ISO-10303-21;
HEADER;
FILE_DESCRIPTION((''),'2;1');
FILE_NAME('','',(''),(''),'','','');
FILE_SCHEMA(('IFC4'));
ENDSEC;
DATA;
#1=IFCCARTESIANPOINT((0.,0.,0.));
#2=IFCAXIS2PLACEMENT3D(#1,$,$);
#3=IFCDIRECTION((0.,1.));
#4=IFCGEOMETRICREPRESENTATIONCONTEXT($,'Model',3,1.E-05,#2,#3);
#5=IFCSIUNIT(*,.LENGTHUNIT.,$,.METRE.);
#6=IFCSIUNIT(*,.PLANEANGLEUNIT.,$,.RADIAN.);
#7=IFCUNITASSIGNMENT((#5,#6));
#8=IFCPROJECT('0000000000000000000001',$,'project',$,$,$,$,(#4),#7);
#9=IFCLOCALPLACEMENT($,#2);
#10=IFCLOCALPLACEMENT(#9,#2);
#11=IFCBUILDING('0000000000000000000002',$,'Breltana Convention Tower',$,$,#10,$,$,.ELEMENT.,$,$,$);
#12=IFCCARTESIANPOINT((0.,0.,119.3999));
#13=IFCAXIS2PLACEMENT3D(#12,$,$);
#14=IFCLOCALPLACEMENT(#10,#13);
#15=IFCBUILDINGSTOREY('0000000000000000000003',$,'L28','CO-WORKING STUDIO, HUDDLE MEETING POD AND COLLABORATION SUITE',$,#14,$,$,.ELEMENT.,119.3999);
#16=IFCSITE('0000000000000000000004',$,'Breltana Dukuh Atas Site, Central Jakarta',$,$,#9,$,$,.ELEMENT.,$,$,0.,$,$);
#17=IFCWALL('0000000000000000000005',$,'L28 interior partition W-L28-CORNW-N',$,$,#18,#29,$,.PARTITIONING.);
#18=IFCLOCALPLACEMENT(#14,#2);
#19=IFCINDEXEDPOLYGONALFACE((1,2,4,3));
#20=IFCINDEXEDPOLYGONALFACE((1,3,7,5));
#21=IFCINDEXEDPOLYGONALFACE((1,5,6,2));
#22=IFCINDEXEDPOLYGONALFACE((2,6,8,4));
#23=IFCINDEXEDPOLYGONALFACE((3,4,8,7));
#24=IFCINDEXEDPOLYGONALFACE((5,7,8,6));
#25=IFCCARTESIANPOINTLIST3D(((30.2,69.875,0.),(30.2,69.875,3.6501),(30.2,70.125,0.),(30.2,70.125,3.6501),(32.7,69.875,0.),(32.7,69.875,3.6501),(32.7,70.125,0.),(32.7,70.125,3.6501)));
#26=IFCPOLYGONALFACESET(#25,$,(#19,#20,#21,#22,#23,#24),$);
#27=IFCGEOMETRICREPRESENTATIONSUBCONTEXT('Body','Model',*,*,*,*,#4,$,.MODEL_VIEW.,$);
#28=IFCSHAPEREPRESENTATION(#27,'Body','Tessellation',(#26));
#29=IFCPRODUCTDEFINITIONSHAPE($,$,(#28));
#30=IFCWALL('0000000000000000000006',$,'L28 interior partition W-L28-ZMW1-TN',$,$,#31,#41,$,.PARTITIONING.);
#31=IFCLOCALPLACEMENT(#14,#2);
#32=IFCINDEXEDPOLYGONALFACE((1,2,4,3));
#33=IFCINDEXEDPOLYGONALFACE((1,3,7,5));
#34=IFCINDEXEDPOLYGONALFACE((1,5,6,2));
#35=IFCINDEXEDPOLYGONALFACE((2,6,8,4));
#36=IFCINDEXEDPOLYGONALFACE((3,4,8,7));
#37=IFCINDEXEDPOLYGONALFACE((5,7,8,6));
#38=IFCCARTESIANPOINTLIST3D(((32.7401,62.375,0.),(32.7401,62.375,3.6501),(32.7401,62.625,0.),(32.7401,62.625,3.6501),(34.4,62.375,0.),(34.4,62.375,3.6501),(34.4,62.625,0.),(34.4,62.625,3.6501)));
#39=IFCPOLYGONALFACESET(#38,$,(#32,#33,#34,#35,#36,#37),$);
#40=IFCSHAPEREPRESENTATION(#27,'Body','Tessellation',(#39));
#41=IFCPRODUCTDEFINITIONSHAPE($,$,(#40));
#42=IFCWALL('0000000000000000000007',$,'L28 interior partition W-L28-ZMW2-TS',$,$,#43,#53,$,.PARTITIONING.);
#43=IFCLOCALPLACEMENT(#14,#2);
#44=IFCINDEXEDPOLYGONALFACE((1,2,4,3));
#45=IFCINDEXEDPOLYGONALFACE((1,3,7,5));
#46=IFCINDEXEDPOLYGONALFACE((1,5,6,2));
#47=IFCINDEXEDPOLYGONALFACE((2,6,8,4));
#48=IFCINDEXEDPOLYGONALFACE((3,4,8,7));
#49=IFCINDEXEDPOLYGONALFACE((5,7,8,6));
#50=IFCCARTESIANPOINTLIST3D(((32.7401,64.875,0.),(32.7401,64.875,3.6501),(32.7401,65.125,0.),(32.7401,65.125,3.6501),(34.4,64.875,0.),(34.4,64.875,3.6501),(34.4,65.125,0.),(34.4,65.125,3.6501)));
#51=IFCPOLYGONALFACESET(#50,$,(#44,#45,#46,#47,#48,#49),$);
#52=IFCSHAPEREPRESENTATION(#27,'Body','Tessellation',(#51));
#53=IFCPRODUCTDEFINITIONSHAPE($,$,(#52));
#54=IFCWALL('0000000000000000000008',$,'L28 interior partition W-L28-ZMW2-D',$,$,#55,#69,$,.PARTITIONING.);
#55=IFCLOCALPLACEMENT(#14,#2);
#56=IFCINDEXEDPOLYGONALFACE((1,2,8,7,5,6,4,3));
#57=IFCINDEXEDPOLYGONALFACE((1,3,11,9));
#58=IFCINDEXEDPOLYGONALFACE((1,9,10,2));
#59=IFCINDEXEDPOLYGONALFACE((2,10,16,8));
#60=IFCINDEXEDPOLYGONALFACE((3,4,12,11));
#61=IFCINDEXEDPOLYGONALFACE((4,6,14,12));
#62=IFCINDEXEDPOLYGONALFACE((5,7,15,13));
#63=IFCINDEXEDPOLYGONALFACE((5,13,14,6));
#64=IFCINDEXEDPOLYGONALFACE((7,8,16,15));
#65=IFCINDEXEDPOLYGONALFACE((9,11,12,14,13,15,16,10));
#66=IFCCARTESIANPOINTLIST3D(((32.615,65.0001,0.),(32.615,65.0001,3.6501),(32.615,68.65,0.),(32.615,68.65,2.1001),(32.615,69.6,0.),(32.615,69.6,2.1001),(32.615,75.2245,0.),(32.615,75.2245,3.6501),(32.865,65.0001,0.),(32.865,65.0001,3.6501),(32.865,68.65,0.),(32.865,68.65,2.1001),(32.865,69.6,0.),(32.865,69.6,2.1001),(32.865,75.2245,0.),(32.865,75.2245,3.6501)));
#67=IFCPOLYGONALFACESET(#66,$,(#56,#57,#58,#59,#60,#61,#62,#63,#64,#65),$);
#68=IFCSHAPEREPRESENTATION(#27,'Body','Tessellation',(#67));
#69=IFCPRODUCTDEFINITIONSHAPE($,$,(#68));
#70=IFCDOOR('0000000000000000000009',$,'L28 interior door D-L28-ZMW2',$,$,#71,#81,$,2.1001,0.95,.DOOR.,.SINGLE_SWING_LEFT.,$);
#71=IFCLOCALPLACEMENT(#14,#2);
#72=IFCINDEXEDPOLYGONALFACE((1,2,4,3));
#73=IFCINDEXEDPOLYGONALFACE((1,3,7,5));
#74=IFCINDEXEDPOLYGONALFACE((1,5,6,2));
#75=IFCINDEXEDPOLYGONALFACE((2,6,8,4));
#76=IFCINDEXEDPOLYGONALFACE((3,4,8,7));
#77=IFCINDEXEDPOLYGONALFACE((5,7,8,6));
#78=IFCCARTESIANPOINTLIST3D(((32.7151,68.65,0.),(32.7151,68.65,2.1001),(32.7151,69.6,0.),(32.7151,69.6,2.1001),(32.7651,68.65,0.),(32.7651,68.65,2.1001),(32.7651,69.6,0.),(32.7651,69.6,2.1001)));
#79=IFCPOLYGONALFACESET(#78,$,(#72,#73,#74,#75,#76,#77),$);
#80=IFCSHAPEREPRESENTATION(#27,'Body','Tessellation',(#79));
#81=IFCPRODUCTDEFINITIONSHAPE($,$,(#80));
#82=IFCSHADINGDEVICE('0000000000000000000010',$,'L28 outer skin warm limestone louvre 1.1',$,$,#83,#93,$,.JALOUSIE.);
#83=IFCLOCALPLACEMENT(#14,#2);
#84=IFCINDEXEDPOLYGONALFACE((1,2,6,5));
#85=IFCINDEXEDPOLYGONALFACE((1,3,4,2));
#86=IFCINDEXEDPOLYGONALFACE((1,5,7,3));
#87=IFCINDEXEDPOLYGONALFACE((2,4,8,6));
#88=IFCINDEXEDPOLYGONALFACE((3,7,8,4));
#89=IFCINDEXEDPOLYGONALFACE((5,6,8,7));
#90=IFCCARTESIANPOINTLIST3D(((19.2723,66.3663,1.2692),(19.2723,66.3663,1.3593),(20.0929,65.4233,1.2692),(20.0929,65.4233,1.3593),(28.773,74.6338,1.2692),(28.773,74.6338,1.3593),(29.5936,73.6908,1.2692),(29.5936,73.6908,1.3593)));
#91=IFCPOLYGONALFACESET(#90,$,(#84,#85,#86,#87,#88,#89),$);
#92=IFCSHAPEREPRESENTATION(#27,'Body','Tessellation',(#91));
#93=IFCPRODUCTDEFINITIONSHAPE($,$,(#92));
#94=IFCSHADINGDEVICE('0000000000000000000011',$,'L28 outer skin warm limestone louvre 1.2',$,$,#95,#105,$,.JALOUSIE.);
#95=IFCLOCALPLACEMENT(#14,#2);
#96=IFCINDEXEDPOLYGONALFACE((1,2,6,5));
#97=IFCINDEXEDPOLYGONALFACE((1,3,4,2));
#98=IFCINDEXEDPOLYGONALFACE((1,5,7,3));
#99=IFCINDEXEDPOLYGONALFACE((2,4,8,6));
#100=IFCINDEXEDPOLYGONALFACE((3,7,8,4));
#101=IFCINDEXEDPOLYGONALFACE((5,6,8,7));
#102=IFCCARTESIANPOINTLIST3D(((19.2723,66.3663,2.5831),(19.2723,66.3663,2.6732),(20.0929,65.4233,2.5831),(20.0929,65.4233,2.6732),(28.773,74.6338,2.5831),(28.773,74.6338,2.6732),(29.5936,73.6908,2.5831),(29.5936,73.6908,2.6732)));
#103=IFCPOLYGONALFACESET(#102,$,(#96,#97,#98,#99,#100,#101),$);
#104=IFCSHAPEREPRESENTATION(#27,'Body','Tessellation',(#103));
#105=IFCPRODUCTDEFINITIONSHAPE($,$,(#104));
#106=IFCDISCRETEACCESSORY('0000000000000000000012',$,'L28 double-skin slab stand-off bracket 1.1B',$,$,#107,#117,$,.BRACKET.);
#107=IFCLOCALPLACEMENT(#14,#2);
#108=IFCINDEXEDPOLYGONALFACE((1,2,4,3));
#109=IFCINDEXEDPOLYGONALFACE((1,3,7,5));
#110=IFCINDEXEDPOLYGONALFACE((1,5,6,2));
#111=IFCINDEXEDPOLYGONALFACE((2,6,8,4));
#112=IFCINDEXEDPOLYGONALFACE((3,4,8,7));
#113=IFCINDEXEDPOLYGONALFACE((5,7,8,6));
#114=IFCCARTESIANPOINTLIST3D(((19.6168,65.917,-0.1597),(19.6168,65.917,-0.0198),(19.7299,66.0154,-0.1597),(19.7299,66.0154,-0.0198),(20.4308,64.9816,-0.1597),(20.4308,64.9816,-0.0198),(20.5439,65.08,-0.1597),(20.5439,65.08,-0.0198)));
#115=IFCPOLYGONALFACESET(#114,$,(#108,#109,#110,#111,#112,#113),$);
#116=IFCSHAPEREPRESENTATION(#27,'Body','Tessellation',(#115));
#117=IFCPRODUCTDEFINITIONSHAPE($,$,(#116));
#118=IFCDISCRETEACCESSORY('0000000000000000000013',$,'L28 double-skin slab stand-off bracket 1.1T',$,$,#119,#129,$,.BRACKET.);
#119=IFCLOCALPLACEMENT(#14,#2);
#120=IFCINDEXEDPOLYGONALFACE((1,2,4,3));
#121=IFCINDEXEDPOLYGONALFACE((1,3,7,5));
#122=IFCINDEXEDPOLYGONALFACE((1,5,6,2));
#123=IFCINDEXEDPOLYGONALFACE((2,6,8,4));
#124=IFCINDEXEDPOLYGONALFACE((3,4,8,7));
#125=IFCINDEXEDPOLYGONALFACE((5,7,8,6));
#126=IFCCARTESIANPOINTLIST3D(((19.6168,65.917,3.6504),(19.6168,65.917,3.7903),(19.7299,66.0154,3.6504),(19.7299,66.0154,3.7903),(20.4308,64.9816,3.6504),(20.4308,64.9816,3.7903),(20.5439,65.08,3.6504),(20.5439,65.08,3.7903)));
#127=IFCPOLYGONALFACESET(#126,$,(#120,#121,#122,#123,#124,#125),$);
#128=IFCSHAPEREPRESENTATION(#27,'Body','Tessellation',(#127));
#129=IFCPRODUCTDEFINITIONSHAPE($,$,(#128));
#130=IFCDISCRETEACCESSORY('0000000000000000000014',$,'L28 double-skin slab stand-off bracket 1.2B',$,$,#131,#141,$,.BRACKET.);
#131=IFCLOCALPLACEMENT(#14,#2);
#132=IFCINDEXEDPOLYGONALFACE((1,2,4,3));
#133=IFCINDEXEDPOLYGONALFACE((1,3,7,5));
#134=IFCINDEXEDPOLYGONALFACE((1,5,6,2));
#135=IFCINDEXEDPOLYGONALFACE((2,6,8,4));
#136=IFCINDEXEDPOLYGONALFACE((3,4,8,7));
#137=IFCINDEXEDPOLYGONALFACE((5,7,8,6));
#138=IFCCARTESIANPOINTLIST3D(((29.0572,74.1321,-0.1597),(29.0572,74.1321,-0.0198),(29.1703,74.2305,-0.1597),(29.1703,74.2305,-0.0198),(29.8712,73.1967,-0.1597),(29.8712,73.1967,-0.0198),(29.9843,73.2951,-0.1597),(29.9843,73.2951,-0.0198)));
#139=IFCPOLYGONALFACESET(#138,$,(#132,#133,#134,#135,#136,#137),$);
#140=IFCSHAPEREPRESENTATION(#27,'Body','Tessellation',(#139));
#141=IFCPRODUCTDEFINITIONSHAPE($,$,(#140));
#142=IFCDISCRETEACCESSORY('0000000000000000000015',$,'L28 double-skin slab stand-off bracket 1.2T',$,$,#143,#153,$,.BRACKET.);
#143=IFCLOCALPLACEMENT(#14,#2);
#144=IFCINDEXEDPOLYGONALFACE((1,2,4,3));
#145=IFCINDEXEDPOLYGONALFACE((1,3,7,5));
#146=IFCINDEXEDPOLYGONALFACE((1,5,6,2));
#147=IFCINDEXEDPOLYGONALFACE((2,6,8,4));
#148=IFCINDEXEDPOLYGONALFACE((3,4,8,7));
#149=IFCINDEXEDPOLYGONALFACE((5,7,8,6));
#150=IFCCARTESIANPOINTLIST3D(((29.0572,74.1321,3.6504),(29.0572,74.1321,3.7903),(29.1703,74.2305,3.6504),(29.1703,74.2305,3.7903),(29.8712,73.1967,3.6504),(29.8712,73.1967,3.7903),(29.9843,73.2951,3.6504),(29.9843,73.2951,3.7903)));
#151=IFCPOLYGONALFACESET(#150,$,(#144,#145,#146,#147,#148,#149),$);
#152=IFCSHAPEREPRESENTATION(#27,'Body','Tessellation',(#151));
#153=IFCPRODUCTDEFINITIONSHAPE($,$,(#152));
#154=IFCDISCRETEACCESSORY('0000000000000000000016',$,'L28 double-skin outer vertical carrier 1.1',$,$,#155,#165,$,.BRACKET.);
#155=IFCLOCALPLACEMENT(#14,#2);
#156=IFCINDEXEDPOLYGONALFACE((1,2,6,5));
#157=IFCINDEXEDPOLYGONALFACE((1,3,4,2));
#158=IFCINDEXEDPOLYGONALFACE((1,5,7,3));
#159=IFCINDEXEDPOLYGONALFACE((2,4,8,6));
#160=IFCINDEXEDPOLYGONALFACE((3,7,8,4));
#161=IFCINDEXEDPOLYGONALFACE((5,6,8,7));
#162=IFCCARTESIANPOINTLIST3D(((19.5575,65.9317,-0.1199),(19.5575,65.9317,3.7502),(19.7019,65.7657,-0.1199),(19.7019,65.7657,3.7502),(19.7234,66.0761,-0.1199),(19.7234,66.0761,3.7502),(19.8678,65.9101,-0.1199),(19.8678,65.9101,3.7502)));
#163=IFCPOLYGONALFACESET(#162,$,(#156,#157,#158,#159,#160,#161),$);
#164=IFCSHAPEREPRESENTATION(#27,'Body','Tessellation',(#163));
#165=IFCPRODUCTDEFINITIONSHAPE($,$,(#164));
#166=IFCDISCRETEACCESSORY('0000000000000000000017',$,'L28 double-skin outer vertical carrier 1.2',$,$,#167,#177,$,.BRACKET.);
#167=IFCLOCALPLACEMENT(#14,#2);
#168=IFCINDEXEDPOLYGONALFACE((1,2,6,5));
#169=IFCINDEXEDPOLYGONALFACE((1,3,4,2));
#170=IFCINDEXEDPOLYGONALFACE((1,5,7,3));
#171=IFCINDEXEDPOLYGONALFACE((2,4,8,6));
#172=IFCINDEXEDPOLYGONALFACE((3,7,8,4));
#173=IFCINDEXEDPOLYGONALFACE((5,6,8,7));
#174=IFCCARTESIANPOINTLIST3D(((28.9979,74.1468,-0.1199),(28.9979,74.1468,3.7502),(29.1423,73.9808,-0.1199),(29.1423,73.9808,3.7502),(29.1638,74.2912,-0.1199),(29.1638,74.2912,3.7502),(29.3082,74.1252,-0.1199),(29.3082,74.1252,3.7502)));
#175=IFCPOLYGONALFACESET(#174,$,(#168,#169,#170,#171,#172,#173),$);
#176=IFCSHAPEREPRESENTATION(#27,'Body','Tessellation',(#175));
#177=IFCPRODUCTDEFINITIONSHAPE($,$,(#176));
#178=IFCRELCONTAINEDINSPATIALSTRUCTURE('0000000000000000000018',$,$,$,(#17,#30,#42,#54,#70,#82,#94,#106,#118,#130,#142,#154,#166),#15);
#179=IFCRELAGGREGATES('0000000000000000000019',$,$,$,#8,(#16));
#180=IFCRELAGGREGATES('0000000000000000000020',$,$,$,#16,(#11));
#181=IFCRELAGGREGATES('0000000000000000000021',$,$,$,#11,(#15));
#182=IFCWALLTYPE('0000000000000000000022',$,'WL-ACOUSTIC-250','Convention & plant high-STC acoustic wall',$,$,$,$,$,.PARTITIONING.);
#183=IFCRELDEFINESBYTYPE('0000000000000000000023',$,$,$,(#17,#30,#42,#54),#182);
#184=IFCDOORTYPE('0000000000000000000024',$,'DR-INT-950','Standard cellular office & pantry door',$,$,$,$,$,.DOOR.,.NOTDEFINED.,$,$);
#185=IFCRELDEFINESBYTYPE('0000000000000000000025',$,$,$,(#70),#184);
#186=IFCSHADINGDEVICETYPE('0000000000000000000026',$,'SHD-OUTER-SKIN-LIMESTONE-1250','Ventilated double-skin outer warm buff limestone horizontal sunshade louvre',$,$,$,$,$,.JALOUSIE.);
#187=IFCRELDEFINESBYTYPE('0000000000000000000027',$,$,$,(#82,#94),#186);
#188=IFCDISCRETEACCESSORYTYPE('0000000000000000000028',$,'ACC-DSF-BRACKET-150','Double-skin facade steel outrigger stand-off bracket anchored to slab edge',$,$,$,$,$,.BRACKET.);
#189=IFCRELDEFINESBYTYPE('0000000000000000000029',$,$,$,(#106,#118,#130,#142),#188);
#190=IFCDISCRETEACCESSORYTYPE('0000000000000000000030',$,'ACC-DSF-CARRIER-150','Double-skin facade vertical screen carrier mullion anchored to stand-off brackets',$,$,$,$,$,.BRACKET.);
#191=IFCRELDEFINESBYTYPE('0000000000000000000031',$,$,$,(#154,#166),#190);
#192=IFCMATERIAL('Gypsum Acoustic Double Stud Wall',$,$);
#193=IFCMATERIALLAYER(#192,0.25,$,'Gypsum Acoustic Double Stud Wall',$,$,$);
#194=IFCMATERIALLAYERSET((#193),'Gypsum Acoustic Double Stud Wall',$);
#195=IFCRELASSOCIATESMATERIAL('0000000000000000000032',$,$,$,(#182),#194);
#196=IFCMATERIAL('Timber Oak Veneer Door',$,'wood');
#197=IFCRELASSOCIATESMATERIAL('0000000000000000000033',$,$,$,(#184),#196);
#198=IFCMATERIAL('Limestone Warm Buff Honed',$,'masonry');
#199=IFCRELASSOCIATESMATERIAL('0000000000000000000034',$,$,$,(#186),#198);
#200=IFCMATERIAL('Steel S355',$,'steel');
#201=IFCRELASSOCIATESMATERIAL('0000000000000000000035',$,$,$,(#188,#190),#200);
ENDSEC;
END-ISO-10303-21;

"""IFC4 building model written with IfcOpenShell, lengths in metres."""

from ifc_helpers import new_model, si_unit, direction, frame, frame_2d, origin, origin_2d, place, context, subcontext, project, spatial, rectangle, extrude, source, transform, mapped, material, layer, layer_set, material_profile, profile_set, type_object, type_shapes, element, fill, save


model = new_model("IFC4")

# Units and contexts
model_context = context("Model", 3, precision=1e-05, world=origin(), true_north=direction((0.0, 1.0)))
body_context = subcontext(model_context, "Body", "Model", "MODEL_VIEW")
ifc_project = project(units=[si_unit("LENGTHUNIT", "METRE"), si_unit("PLANEANGLEUNIT", "RADIAN")], contexts=[model_context])

# Site, building, storey
site_placement = place(None, origin())
site = spatial("IfcSite", under=ifc_project, at=site_placement, Name="Breltana Dukuh Atas Site, Central Jakarta", CompositionType="ELEMENT", RefElevation=0.0)
building_placement = place(site_placement, origin())
building = spatial("IfcBuilding", under=site, at=building_placement, Name="Breltana Convention Tower", CompositionType="ELEMENT")
storey_placement = place(building_placement, frame((0.0, 0.0, 119.3999)))
storey = spatial("IfcBuildingStorey", under=building, at=storey_placement, Name="L28", Description="CO-WORKING STUDIO, HUDDLE MEETING POD AND COLLABORATION SUITE", CompositionType="ELEMENT", Elevation=119.3999)

# Walls
ifc_material_1 = material(Name="Gypsum Acoustic Double Stud Wall")
ifc_layer_1 = layer(ifc_material_1, 0.25, Name="Gypsum Acoustic Double Stud Wall")
ifc_layer_set_1 = layer_set([ifc_layer_1], Name="Gypsum Acoustic Double Stud Wall")
wall_type_1 = type_object("IfcWallType", Name="WL-ACOUSTIC-250", Description="Convention & plant high-STC acoustic wall", PredefinedType="PARTITIONING", material=ifc_layer_set_1)
shared_shape_1 = source(origin(), body_context, "Body", "SweptSolid", [
    extrude(rectangle(XDim=2.5, YDim=0.25, at=frame_2d((1.25, 0.0))), origin(), (0.0, 0.0, 1.0), 3.6501),
])
wall_1_placement = place(storey_placement, frame((30.2, 70.0, 0.0), z_axis=(0.0, 0.0, 1.0), x_axis=(1.0, 0.0, 0.0)))
element("IfcWall", 1, at=wall_1_placement, inside=storey, type_object=wall_type_1, Name="L28 interior partition W-L28-CORNW-N", PredefinedType="PARTITIONING", context=body_context, shape_type="MappedRepresentation", body=[
    mapped(shared_shape_1, transform((0.0, 0.0, 0.0), scale=1.0)),
])
shared_shape_2 = source(origin(), body_context, "Body", "SweptSolid", [
    extrude(rectangle(XDim=1.6599, YDim=0.25, at=frame_2d((0.8301, 0.0))), origin(), (0.0, 0.0, 1.0), 3.6501),
])
for number, where, z_axis, x_axis, name in (
    (2, (32.74, 62.5, 0.0), (0.0, 0.0, 1.0), (1.0, 0.0, 0.0), "L28 interior partition W-L28-ZMW1-TN"),
    (3, (32.74, 65.0, 0.0), (0.0, 0.0, 1.0), (1.0, 0.0, 0.0), "L28 interior partition W-L28-ZMW2-TS"),
):
    element("IfcWall", number, at=place(storey_placement, frame(where, z_axis=z_axis, x_axis=x_axis)), inside=storey, type_object=wall_type_1, Name=name, PredefinedType="PARTITIONING", context=body_context, shape_type="MappedRepresentation", body=[
        mapped(shared_shape_2, transform((0.0, 0.0, 0.0), scale=1.0)),
    ])

# Wall, opening, door
shared_shape_3 = source(origin(), body_context, "Body", "SweptSolid", [
    extrude(rectangle(XDim=10.2244, YDim=0.25, at=frame_2d((5.1123, 0.0))), origin(), (0.0, 0.0, 1.0), 3.6501),
])
wall_2_placement = place(storey_placement, frame((32.74, 65.0, 0.0), z_axis=(0.0, 0.0, 1.0), x_axis=(0.0, 1.0, 0.0)))
wall_2 = element("IfcWall", 4, at=wall_2_placement, inside=storey, type_object=wall_type_1, Name="L28 interior partition W-L28-ZMW2-D", PredefinedType="PARTITIONING", context=body_context, shape_type="MappedRepresentation", body=[
    mapped(shared_shape_3, transform((0.0, 0.0, 0.0), scale=1.0)),
])
opening_placement = place(wall_2_placement, frame((3.6499, 0.0, 0.0)))
opening = element("IfcOpeningElement", 5, at=opening_placement, cuts=wall_2, PredefinedType="OPENING", context=body_context, shape_type="SweptSolid", body=[
    extrude(rectangle(XDim=0.95, YDim=2.1001, at=frame_2d((0.4751, 1.05))), frame((0.0, 0.135, 0.0), z_axis=(0.0, -1.0, 0.0), x_axis=(1.0, 0.0, 0.0)), (0.0, 0.0, 1.0), 0.27),
])
ifc_material_2 = material(Name="Timber Oak Veneer Door", Category="wood")
door_type = type_object("IfcDoorType", Name="DR-INT-950", Description="Standard cellular office & pantry door", OperationType="NOTDEFINED", PredefinedType="DOOR", material=ifc_material_2)
shared_shape_4 = source(origin(), body_context, "Body", "SweptSolid", [
    extrude(rectangle(XDim=0.95, YDim=2.1001, at=frame_2d((0.4751, 1.05))), frame((0.0, 0.0249, 0.0), z_axis=(0.0, -1.0, 0.0), x_axis=(1.0, 0.0, 0.0)), (0.0, 0.0, 1.0), 0.05),
])
type_shapes(door_type, [shared_shape_4])
door_placement = place(opening_placement, origin())
door = element("IfcDoor", 6, at=door_placement, inside=storey, type_object=door_type, Name="L28 interior door D-L28-ZMW2", OperationType="SINGLE_SWING_LEFT", OverallHeight=2.1001, OverallWidth=0.95, PredefinedType="DOOR", context=body_context, shape_type="MappedRepresentation", body=[
    mapped(shared_shape_4, transform((0.0, 0.0, 0.0), scale=1.0)),
])
fill(opening, door)

# Shading devices
ifc_material_3 = material(Name="Limestone Warm Buff Honed", Category="masonry")
ifc_material_profile_1 = material_profile(ifc_material_3, rectangle(XDim=1.25, YDim=0.0901, at=origin_2d()), Name="STN-LVR-1250X90")
ifc_profile_set_1 = profile_set([ifc_material_profile_1], Name="Limestone Warm Buff Honed")
shading_device_type = type_object("IfcShadingDeviceType", Name="SHD-OUTER-SKIN-LIMESTONE-1250", Description="Ventilated double-skin outer warm buff limestone horizontal sunshade louvre", PredefinedType="JALOUSIE", material=ifc_profile_set_1)
shared_shape_5 = source(origin(), body_context, "Body", "SweptSolid", [
    extrude(rectangle(XDim=1.25, YDim=0.0901, at=origin_2d()), origin(), (0.0, 0.0, 1.0), 12.5942),
])
for number, where, z_axis, x_axis, name in (
    (7, (19.6826, 65.8948, 1.3142), (0.754367, 0.656453, 0.0), (-0.656453, 0.754367, 0.0), "L28 outer skin warm limestone louvre 1.1"),
    (8, (19.6826, 65.8948, 2.6282), (0.754367, 0.656453, 0.0), (-0.656453, 0.754367, 0.0), "L28 outer skin warm limestone louvre 1.2"),
):
    element("IfcShadingDevice", number, at=place(storey_placement, frame(where, z_axis=z_axis, x_axis=x_axis)), inside=storey, type_object=shading_device_type, Name=name, PredefinedType="JALOUSIE", context=body_context, shape_type="MappedRepresentation", body=[
        mapped(shared_shape_5, transform((0.0, 0.0, 0.0), scale=1.0)),
    ])

# Discrete accessories
ifc_material_4 = material(Name="Steel S355", Category="steel")
discrete_accessory_type_1 = type_object("IfcDiscreteAccessoryType", Name="ACC-DSF-BRACKET-150", Description="Double-skin facade steel outrigger stand-off bracket anchored to slab edge", PredefinedType="BRACKET", material=ifc_material_4)
shared_shape_6 = source(origin(), body_context, "Body", "SweptSolid", [
    extrude(rectangle(XDim=1.24, YDim=0.1499, at=origin_2d()), origin(), (0.0, 0.0, 1.0), 0.1399),
])
type_shapes(discrete_accessory_type_1, [shared_shape_6])
for number, where, z_axis, x_axis, name in (
    (9, (20.0803, 65.4985, -0.1597), (0.0, 0.0, 1.0), (-0.656454, 0.754366, 0.0), "L28 double-skin slab stand-off bracket 1.1B"),
    (10, (20.0803, 65.4985, 3.6504), (0.0, 0.0, 1.0), (-0.656454, 0.754366, 0.0), "L28 double-skin slab stand-off bracket 1.1T"),
    (11, (29.5208, 73.7136, -0.1597), (0.0, 0.0, 1.0), (-0.656454, 0.754366, 0.0), "L28 double-skin slab stand-off bracket 1.2B"),
    (12, (29.5208, 73.7136, 3.6504), (0.0, 0.0, 1.0), (-0.656454, 0.754366, 0.0), "L28 double-skin slab stand-off bracket 1.2T"),
):
    element("IfcDiscreteAccessory", number, at=place(storey_placement, frame(where, z_axis=z_axis, x_axis=x_axis)), inside=storey, type_object=discrete_accessory_type_1, Name=name, PredefinedType="BRACKET", context=body_context, shape_type="MappedRepresentation", body=[
        mapped(shared_shape_6, transform((0.0, 0.0, 0.0), scale=1.0)),
    ])
discrete_accessory_type_2 = type_object("IfcDiscreteAccessoryType", Name="ACC-DSF-CARRIER-150", Description="Double-skin facade vertical screen carrier mullion anchored to stand-off brackets", PredefinedType="BRACKET", material=ifc_material_4)
shared_shape_7 = source(origin(), body_context, "Body", "SweptSolid", [
    extrude(rectangle(XDim=0.22, YDim=0.22, at=origin_2d()), origin(), (0.0, 0.0, 1.0), 3.8701),
])
for number, where, z_axis, x_axis, name in (
    (13, (19.7126, 65.9209, -0.1199), (0.0, 0.0, 1.0), (-0.656454, 0.754366, 0.0), "L28 double-skin outer vertical carrier 1.1"),
    (14, (29.1531, 74.136, -0.1199), (0.0, 0.0, 1.0), (-0.656454, 0.754366, 0.0), "L28 double-skin outer vertical carrier 1.2"),
):
    element("IfcDiscreteAccessory", number, at=place(storey_placement, frame(where, z_axis=z_axis, x_axis=x_axis)), inside=storey, type_object=discrete_accessory_type_2, Name=name, PredefinedType="BRACKET", context=body_context, shape_type="MappedRepresentation", body=[
        mapped(shared_shape_7, transform((0.0, 0.0, 0.0), scale=1.0)),
    ])

save(model, "model.ifc")
